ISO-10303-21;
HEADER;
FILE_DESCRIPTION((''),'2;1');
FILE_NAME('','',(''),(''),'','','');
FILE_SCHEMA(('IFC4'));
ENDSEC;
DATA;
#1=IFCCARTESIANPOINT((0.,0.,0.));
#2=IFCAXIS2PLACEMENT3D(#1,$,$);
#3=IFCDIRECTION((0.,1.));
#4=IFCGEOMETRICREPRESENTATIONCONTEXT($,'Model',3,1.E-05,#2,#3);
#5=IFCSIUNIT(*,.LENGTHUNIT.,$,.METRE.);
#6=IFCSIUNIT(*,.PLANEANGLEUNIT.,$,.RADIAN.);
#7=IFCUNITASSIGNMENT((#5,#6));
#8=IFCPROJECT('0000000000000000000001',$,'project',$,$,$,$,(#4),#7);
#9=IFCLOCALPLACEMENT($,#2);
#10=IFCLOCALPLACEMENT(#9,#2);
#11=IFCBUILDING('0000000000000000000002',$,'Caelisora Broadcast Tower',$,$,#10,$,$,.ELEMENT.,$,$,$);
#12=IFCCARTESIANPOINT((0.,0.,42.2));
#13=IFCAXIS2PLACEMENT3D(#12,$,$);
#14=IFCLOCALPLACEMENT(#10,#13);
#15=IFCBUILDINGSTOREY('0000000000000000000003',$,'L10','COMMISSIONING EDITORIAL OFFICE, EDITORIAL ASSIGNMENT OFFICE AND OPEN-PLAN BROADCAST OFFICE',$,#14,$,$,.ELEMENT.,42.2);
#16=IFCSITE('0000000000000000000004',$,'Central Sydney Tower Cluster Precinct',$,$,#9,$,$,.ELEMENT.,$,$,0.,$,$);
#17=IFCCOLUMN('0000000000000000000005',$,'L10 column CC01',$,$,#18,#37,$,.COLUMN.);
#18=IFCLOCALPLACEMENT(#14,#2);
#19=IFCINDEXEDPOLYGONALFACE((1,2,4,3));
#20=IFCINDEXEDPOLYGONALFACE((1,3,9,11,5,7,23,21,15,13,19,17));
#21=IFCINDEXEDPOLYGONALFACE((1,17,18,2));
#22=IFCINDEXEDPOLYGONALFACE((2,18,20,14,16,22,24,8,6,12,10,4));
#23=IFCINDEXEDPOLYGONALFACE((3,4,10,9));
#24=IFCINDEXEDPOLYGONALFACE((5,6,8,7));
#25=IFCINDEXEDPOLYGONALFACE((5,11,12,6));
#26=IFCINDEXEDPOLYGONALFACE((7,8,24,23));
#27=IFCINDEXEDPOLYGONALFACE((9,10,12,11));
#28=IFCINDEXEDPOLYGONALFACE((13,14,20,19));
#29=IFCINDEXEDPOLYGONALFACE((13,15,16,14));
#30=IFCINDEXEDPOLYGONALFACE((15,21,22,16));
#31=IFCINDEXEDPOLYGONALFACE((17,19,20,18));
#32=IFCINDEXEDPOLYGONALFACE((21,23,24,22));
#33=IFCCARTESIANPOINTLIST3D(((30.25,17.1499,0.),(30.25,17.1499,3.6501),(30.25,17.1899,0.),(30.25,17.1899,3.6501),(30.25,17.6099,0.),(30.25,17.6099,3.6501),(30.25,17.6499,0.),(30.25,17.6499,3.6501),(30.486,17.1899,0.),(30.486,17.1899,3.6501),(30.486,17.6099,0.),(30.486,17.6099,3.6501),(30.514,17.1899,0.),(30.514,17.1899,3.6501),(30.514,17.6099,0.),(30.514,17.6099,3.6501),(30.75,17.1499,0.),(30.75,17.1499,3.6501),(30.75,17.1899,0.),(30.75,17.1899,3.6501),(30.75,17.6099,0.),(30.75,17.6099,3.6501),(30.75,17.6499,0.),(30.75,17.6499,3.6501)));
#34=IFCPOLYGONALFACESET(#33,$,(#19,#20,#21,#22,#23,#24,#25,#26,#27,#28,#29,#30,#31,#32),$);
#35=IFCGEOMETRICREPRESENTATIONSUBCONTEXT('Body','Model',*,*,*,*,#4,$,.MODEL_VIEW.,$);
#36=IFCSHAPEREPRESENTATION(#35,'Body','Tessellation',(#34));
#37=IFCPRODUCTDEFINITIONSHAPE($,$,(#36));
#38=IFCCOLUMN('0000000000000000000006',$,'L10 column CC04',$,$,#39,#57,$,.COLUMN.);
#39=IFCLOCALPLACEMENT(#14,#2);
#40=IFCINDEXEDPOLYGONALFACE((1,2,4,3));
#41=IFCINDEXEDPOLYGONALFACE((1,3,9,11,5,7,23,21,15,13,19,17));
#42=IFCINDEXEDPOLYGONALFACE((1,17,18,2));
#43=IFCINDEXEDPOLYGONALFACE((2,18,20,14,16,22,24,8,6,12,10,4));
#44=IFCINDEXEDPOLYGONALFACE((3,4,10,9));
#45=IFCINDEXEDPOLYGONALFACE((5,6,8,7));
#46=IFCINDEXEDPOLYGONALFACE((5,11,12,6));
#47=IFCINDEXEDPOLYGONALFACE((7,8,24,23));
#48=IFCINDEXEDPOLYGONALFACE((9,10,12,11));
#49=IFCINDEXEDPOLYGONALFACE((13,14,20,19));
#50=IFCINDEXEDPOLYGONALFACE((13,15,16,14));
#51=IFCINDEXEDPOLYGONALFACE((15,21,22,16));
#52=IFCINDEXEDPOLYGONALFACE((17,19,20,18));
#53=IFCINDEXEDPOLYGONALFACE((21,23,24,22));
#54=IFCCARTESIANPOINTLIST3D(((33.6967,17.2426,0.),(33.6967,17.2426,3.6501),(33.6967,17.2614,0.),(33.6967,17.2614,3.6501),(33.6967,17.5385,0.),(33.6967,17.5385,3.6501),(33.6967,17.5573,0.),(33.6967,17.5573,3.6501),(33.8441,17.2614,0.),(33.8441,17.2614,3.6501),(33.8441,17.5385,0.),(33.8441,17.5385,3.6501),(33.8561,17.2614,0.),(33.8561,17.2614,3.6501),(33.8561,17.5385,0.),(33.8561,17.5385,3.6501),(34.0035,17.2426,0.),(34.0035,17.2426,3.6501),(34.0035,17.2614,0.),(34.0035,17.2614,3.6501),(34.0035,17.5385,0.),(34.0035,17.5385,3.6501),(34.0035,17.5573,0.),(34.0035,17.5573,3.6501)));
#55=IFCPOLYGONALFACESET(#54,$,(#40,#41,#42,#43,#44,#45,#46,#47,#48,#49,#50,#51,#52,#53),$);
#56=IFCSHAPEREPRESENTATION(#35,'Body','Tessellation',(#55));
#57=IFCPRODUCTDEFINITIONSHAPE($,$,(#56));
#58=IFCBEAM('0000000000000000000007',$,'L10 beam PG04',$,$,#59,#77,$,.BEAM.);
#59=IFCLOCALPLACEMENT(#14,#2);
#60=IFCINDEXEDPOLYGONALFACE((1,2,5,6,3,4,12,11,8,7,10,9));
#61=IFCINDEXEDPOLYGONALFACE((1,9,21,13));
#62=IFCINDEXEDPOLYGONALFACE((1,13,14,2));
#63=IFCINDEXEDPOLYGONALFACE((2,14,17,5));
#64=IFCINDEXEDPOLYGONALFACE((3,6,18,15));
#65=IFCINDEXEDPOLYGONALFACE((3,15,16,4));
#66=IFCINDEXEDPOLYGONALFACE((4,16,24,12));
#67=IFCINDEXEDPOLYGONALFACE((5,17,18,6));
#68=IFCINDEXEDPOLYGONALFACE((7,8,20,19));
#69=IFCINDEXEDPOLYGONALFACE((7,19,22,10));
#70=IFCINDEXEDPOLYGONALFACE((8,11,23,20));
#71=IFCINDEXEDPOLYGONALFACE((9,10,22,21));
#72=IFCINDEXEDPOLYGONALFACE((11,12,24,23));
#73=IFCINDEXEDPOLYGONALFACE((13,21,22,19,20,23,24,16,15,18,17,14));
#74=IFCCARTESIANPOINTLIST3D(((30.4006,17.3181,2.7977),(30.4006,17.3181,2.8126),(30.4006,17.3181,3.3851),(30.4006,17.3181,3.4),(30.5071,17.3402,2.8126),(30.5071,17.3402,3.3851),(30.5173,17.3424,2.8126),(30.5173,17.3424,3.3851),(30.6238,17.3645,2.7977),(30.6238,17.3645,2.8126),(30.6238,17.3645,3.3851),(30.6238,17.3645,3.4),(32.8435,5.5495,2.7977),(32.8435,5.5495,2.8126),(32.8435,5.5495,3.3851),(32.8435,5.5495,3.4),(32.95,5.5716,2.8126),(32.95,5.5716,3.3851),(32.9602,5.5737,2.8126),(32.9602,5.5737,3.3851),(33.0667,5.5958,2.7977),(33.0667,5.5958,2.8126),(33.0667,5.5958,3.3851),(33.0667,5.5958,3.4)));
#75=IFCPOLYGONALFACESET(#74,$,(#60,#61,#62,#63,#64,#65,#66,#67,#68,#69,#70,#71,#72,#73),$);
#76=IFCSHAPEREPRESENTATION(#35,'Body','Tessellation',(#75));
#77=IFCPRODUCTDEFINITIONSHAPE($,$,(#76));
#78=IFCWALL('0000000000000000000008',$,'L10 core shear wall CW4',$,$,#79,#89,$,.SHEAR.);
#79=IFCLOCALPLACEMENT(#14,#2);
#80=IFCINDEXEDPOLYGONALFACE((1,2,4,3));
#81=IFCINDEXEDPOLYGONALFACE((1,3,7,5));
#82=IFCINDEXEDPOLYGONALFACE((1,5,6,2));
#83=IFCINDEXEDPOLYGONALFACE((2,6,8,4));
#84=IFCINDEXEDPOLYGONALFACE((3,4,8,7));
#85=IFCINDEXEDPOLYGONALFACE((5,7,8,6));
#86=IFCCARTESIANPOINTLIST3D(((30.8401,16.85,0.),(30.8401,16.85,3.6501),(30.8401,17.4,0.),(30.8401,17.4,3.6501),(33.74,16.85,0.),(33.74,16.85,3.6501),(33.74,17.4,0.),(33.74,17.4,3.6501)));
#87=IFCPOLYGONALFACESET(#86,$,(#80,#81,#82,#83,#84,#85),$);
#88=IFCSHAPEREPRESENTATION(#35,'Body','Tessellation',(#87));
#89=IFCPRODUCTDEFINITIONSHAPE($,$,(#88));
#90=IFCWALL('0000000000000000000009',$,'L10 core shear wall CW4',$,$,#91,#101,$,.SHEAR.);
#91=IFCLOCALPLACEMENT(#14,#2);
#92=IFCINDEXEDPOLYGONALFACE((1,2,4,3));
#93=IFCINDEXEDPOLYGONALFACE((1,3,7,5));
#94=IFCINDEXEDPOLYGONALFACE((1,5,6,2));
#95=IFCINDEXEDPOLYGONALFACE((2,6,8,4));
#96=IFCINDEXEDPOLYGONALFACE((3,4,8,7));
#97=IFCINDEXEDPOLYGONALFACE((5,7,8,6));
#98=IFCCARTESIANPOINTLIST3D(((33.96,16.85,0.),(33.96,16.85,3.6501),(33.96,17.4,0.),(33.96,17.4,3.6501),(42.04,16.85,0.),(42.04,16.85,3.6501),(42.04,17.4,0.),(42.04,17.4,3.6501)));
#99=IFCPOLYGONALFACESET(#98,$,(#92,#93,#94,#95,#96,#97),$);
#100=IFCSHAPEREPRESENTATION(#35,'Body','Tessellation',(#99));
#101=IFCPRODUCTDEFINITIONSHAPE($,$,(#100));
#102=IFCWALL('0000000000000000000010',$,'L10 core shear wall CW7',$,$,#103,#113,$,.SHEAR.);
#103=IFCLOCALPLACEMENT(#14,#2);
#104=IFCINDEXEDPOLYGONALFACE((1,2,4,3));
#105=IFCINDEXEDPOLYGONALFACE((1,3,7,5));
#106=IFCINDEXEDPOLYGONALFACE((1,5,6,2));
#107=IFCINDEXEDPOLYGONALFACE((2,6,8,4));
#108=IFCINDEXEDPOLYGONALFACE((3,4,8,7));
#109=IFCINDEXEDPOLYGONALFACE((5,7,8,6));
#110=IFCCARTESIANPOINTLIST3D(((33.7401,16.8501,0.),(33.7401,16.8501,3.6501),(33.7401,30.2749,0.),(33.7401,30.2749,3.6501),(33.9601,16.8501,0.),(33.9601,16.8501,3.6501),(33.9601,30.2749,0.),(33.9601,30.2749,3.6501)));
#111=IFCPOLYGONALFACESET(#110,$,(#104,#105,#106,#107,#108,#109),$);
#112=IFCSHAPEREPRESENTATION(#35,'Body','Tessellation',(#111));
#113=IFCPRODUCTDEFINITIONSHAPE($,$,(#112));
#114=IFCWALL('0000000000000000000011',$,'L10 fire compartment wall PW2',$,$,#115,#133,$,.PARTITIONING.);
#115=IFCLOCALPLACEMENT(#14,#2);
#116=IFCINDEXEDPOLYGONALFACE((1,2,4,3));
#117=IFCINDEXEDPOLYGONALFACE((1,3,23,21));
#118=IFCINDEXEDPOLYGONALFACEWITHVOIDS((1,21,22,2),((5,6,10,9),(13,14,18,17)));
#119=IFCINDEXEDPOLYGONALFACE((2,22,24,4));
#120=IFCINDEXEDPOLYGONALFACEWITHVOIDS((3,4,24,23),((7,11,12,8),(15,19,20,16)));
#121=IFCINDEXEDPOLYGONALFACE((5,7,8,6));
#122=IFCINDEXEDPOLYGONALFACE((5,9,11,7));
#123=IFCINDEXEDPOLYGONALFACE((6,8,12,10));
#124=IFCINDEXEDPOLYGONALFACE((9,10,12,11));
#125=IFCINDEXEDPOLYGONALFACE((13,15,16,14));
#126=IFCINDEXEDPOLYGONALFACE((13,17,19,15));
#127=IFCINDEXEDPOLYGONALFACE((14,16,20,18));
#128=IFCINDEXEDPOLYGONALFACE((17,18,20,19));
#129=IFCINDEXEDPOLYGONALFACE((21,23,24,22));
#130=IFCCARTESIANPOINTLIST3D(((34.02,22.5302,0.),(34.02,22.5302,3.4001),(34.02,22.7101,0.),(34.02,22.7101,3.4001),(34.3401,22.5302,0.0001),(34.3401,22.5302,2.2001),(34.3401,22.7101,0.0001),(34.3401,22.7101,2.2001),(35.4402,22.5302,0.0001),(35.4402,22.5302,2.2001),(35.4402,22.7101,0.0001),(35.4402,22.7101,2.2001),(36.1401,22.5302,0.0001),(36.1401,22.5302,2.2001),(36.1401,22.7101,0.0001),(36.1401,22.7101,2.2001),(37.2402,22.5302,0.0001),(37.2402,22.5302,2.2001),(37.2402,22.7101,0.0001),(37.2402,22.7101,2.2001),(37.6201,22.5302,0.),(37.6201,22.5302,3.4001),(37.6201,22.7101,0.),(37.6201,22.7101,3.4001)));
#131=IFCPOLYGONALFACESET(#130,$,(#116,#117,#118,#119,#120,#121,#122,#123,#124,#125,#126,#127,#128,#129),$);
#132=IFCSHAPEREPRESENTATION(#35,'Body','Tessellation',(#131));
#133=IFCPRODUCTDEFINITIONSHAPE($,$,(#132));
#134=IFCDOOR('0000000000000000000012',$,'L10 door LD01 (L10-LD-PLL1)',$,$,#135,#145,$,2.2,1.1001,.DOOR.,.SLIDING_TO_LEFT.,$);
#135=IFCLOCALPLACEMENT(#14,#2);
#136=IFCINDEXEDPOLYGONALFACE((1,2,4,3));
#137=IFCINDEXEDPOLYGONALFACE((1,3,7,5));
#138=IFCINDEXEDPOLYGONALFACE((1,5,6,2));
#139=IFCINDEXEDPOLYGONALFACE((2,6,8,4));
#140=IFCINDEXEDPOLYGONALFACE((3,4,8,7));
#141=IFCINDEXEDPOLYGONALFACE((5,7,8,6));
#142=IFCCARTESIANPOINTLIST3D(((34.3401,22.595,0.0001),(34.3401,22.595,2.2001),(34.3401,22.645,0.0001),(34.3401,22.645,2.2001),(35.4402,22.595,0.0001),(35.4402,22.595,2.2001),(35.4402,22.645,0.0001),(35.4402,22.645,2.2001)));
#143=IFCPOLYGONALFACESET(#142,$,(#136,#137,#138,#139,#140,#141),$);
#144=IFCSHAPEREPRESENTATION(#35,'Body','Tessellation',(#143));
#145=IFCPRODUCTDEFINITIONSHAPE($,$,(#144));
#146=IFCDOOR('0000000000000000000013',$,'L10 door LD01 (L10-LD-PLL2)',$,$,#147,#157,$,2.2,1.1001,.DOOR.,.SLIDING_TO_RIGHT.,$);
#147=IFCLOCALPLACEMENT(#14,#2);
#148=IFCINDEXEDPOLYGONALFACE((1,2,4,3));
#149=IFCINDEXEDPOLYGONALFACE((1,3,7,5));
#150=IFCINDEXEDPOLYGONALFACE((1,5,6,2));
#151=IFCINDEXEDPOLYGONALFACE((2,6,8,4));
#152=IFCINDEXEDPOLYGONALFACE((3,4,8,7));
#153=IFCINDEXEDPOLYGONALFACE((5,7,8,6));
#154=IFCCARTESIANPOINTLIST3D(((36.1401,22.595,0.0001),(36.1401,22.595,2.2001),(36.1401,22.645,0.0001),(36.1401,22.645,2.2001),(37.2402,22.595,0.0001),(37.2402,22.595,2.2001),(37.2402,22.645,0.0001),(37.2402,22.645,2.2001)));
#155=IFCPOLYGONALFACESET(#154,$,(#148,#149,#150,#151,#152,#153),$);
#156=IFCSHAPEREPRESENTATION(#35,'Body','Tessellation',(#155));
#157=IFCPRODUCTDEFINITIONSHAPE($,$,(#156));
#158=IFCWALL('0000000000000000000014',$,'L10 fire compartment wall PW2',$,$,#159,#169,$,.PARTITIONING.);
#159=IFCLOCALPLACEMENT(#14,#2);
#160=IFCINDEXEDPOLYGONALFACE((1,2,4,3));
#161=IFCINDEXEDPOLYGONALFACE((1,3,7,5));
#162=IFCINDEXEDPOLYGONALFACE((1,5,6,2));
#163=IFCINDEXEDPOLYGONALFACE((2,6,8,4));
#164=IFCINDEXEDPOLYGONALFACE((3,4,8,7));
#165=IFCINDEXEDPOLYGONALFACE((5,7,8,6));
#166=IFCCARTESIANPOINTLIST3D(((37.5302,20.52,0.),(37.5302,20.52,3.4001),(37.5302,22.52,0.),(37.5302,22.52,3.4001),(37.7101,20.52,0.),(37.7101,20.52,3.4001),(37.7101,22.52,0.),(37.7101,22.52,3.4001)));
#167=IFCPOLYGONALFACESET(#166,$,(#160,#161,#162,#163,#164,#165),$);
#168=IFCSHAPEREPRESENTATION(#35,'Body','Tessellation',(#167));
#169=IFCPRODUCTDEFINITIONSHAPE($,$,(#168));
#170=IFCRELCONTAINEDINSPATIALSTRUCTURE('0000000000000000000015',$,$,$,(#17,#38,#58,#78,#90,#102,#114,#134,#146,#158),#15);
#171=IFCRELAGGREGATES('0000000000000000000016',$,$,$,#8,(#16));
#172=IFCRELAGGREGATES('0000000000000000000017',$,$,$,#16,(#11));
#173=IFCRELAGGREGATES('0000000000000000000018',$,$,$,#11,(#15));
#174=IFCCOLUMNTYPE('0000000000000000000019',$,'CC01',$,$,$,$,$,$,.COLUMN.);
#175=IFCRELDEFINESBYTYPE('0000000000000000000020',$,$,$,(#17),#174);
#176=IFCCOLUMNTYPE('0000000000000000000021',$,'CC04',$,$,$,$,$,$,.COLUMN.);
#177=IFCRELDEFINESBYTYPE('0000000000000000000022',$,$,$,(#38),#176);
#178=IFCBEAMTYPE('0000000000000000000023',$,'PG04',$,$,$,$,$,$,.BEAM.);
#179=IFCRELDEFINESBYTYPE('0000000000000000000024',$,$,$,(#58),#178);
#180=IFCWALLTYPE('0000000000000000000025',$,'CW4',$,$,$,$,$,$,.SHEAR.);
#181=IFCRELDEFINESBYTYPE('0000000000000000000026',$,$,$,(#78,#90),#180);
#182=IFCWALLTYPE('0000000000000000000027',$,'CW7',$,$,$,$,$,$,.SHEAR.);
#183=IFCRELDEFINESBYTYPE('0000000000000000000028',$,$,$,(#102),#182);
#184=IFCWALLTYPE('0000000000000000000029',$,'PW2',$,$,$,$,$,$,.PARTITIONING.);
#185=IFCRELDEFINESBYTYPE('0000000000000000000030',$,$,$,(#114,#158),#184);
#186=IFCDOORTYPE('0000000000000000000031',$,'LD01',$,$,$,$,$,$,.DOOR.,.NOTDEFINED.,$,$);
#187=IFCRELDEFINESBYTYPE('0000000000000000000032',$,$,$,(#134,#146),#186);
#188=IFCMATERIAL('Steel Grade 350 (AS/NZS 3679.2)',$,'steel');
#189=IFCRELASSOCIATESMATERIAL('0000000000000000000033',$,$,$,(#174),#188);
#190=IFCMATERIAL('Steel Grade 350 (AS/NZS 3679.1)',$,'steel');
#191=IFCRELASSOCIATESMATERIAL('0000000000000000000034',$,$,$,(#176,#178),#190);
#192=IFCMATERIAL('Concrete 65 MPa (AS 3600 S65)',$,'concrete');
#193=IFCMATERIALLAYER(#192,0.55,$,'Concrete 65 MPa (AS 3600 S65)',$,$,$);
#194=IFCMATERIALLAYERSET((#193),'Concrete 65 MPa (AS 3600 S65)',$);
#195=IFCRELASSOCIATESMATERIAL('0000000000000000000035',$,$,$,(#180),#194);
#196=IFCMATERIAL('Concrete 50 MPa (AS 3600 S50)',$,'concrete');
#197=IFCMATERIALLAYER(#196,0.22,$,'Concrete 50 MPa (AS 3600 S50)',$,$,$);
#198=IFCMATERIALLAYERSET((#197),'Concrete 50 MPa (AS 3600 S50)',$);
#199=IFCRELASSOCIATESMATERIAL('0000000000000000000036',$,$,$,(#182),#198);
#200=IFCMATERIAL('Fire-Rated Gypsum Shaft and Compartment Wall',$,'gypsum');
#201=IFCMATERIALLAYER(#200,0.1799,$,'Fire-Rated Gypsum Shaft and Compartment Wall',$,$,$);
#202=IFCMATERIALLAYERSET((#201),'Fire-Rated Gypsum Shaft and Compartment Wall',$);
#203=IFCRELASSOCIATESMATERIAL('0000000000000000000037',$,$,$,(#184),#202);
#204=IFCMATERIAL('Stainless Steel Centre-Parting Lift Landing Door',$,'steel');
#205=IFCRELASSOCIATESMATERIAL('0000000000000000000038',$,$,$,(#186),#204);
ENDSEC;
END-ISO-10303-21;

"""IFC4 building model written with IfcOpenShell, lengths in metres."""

from ifc_helpers import new_model, si_unit, direction, frame, frame_2d, origin, origin_2d, place, context, subcontext, project, spatial, rectangle, i_section, extrude, source, transform, mapped, material, layer, layer_set, material_profile, profile_set, type_object, type_shapes, element, fill, save


model = new_model("IFC4")

# Units and contexts
model_context = context("Model", 3, precision=1e-05, world=origin(), true_north=direction((0.0, 1.0)))
body_context = subcontext(model_context, "Body", "Model", "MODEL_VIEW")
ifc_project = project(units=[si_unit("LENGTHUNIT", "METRE"), si_unit("PLANEANGLEUNIT", "RADIAN")], contexts=[model_context])

# Site, building, storey
site_placement = place(None, origin())
site = spatial("IfcSite", under=ifc_project, at=site_placement, Name="Central Sydney Tower Cluster Precinct", CompositionType="ELEMENT", RefElevation=0.0)
building_placement = place(site_placement, origin())
building = spatial("IfcBuilding", under=site, at=building_placement, Name="Caelisora Broadcast Tower", CompositionType="ELEMENT")
storey_placement = place(building_placement, frame((0.0, 0.0, 42.2)))
storey = spatial("IfcBuildingStorey", under=building, at=storey_placement, Name="L10", Description="COMMISSIONING EDITORIAL OFFICE, EDITORIAL ASSIGNMENT OFFICE AND OPEN-PLAN BROADCAST OFFICE", CompositionType="ELEMENT", Elevation=42.2)

# Columns
ifc_material_1 = material(Name="Steel Grade 350 (AS/NZS 3679.2)", Category="steel")
ifc_material_profile_1 = material_profile(ifc_material_1, i_section(OverallWidth=0.5, OverallDepth=0.5, WebThickness=0.0281, FlangeThickness=0.04, at=origin_2d()), Name="Steel Grade 350 (AS/NZS 3679.2)")
ifc_profile_set_1 = profile_set([ifc_material_profile_1], Name="Steel Grade 350 (AS/NZS 3679.2)")
column_type_1 = type_object("IfcColumnType", Name="CC01", PredefinedType="COLUMN", material=ifc_profile_set_1)
shared_shape_1 = source(origin(), body_context, "Body", "SweptSolid", [
    extrude(i_section(OverallWidth=0.5, OverallDepth=0.5, WebThickness=0.0281, FlangeThickness=0.04, at=origin_2d()), origin(), (0.0, 0.0, 1.0), 3.6501),
])
type_shapes(column_type_1, [shared_shape_1])
column_1_placement = place(storey_placement, frame((30.5, 17.3999, 0.0), z_axis=(0.0, 0.0, 1.0), x_axis=(1.0, 0.0, 0.0)))
element("IfcColumn", 1, at=column_1_placement, inside=storey, type_object=column_type_1, Name="L10 column CC01", PredefinedType="COLUMN", context=body_context, shape_type="MappedRepresentation", body=[
    mapped(shared_shape_1, transform((0.0, 0.0, 0.0), scale=1.0)),
])
ifc_material_2 = material(Name="Steel Grade 350 (AS/NZS 3679.1)", Category="steel")
ifc_material_profile_2 = material_profile(ifc_material_2, i_section(OverallWidth=0.3069, OverallDepth=0.3147, WebThickness=0.012, FlangeThickness=0.0188, at=origin_2d()), Name="Steel Grade 350 (AS/NZS 3679.1)")
ifc_profile_set_2 = profile_set([ifc_material_profile_2], Name="Steel Grade 350 (AS/NZS 3679.1)")
column_type_2 = type_object("IfcColumnType", Name="CC04", PredefinedType="COLUMN", material=ifc_profile_set_2)
shared_shape_2 = source(origin(), body_context, "Body", "SweptSolid", [
    extrude(i_section(OverallWidth=0.3069, OverallDepth=0.3147, WebThickness=0.012, FlangeThickness=0.0188, at=origin_2d()), origin(), (0.0, 0.0, 1.0), 3.6501),
])
type_shapes(column_type_2, [shared_shape_2])
column_2_placement = place(storey_placement, frame((33.8501, 17.3999, 0.0), z_axis=(0.0, 0.0, 1.0), x_axis=(1.0, 0.0, 0.0)))
element("IfcColumn", 2, at=column_2_placement, inside=storey, type_object=column_type_2, Name="L10 column CC04", PredefinedType="COLUMN", context=body_context, shape_type="MappedRepresentation", body=[
    mapped(shared_shape_2, transform((0.0, 0.0, 0.0), scale=1.0)),
])

# Beam
ifc_material_profile_3 = material_profile(ifc_material_2, i_section(OverallWidth=0.228, OverallDepth=0.6023, WebThickness=0.0105, FlangeThickness=0.0149, at=origin_2d()), Name="Steel Grade 350 (AS/NZS 3679.1)")
ifc_profile_set_3 = profile_set([ifc_material_profile_3], Name="Steel Grade 350 (AS/NZS 3679.1)")
beam_type = type_object("IfcBeamType", Name="PG04", PredefinedType="BEAM", material=ifc_profile_set_3)
shared_shape_3 = source(origin(), body_context, "Body", "SweptSolid", [
    extrude(i_section(OverallWidth=0.228, OverallDepth=0.6023, WebThickness=0.0105, FlangeThickness=0.0149, at=origin_2d()), origin(), (0.0, 0.0, 1.0), 12.0195),
])
type_shapes(beam_type, [shared_shape_3])
beam_placement = place(storey_placement, frame((30.5122, 17.3413, 3.0989), z_axis=(0.203244, -0.979128, 0.0), x_axis=(0.979128, 0.203244, 0.0)))
element("IfcBeam", 3, at=beam_placement, inside=storey, type_object=beam_type, Name="L10 beam PG04", PredefinedType="BEAM", context=body_context, shape_type="MappedRepresentation", body=[
    mapped(shared_shape_3, transform((0.0, 0.0, 0.0), scale=1.0)),
])

# Shared definitions
ifc_material_3 = material(Name="Concrete 65 MPa (AS 3600 S65)", Category="concrete")

# Walls
ifc_layer_1 = layer(ifc_material_3, 0.55, Name="Concrete 65 MPa (AS 3600 S65)")
ifc_layer_set_1 = layer_set([ifc_layer_1], Name="Concrete 65 MPa (AS 3600 S65)")
wall_type_1 = type_object("IfcWallType", Name="CW4", PredefinedType="SHEAR", material=ifc_layer_set_1)
wall_1_placement = place(storey_placement, frame((30.8401, 17.125, 0.0), z_axis=(0.0, 0.0, 1.0), x_axis=(1.0, 0.0, 0.0)))
element("IfcWall", 4, at=wall_1_placement, inside=storey, type_object=wall_type_1, Name="L10 core shear wall CW4", PredefinedType="SHEAR", context=body_context, shape_type="SweptSolid", body=[
    extrude(rectangle(XDim=2.8999, YDim=0.55, at=frame_2d((1.45, 0.0))), origin(), (0.0, 0.0, 1.0), 3.6501),
])
wall_2_placement = place(storey_placement, frame((33.96, 17.125, 0.0), z_axis=(0.0, 0.0, 1.0), x_axis=(1.0, 0.0, 0.0)))
element("IfcWall", 5, at=wall_2_placement, inside=storey, type_object=wall_type_1, Name="L10 core shear wall CW4", PredefinedType="SHEAR", context=body_context, shape_type="SweptSolid", body=[
    extrude(rectangle(XDim=8.0801, YDim=0.55, at=frame_2d((4.04, 0.0))), origin(), (0.0, 0.0, 1.0), 3.6501),
])
ifc_material_4 = material(Name="Concrete 50 MPa (AS 3600 S50)", Category="concrete")
ifc_layer_2 = layer(ifc_material_4, 0.22, Name="Concrete 50 MPa (AS 3600 S50)")
ifc_layer_set_2 = layer_set([ifc_layer_2], Name="Concrete 50 MPa (AS 3600 S50)")
wall_type_2 = type_object("IfcWallType", Name="CW7", PredefinedType="SHEAR", material=ifc_layer_set_2)
wall_3_placement = place(storey_placement, frame((33.8501, 16.8501, 0.0), z_axis=(0.0, 0.0, 1.0), x_axis=(0.0, 1.0, 0.0)))
element("IfcWall", 6, at=wall_3_placement, inside=storey, type_object=wall_type_2, Name="L10 core shear wall CW7", PredefinedType="SHEAR", context=body_context, shape_type="SweptSolid", body=[
    extrude(rectangle(XDim=13.4248, YDim=0.22, at=frame_2d((6.7124, 0.0))), origin(), (0.0, 0.0, 1.0), 3.6501),
])

# Wall, openings, doors
ifc_material_5 = material(Name="Fire-Rated Gypsum Shaft and Compartment Wall", Category="gypsum")
ifc_layer_3 = layer(ifc_material_5, 0.1799, Name="Fire-Rated Gypsum Shaft and Compartment Wall")
ifc_layer_set_3 = layer_set([ifc_layer_3], Name="Fire-Rated Gypsum Shaft and Compartment Wall")
wall_type_3 = type_object("IfcWallType", Name="PW2", PredefinedType="PARTITIONING", material=ifc_layer_set_3)
wall_4_placement = place(storey_placement, frame((34.02, 22.6201, 0.0), z_axis=(0.0, 0.0, 1.0), x_axis=(1.0, 0.0, 0.0)))
wall_4 = element("IfcWall", 7, at=wall_4_placement, inside=storey, type_object=wall_type_3, Name="L10 fire compartment wall PW2", PredefinedType="PARTITIONING", context=body_context, shape_type="SweptSolid", body=[
    extrude(rectangle(XDim=3.6001, YDim=0.1799, at=frame_2d((1.8, 0.0))), origin(), (0.0, 0.0, 1.0), 3.4001),
])
opening_1_placement = place(wall_4_placement, frame((0.3201, 0.0, 0.0)))
opening_1 = element("IfcOpeningElement", 8, at=opening_1_placement, cuts=wall_4, PredefinedType="OPENING", context=body_context, shape_type="SweptSolid", body=[
    extrude(rectangle(XDim=1.1001, YDim=2.2, at=frame_2d((0.55, 1.1001))), frame((0.0, 0.1021, 0.0), z_axis=(0.0, -1.0, 0.0), x_axis=(1.0, 0.0, 0.0)), (0.0, 0.0, 1.0), 0.2039),
])
opening_2_placement = place(wall_4_placement, frame((2.1201, 0.0, 0.0)))
opening_2 = element("IfcOpeningElement", 9, at=opening_2_placement, cuts=wall_4, PredefinedType="OPENING", context=body_context, shape_type="SweptSolid", body=[
    extrude(rectangle(XDim=1.1001, YDim=2.2, at=frame_2d((0.55, 1.1001))), frame((0.0, 0.1021, 0.0), z_axis=(0.0, -1.0, 0.0), x_axis=(1.0, 0.0, 0.0)), (0.0, 0.0, 1.0), 0.2039),
])
ifc_material_6 = material(Name="Stainless Steel Centre-Parting Lift Landing Door", Category="steel")
door_type_1 = type_object("IfcDoorType", Name="LD01", OperationType="NOTDEFINED", PredefinedType="DOOR", material=ifc_material_6)
door_1_placement = place(opening_1_placement, origin())
door_1 = element("IfcDoor", 10, at=door_1_placement, inside=storey, type_object=door_type_1, Name="L10 door LD01 (L10-LD-PLL1)", OperationType="SLIDING_TO_LEFT", OverallHeight=2.2, OverallWidth=1.1001, PredefinedType="DOOR", context=body_context, shape_type="SweptSolid", body=[
    extrude(rectangle(XDim=1.1001, YDim=2.2, at=frame_2d((0.55, 1.1001))), frame((0.0, 0.0249, 0.0), z_axis=(0.0, -1.0, 0.0), x_axis=(1.0, 0.0, 0.0)), (0.0, 0.0, 1.0), 0.05),
])
fill(opening_1, door_1)
door_2_placement = place(opening_2_placement, origin())
door_2 = element("IfcDoor", 11, at=door_2_placement, inside=storey, type_object=door_type_1, Name="L10 door LD01 (L10-LD-PLL2)", OperationType="SLIDING_TO_RIGHT", OverallHeight=2.2, OverallWidth=1.1001, PredefinedType="DOOR", context=body_context, shape_type="SweptSolid", body=[
    extrude(rectangle(XDim=1.1001, YDim=2.2, at=frame_2d((0.55, 1.1001))), frame((0.0, 0.0249, 0.0), z_axis=(0.0, -1.0, 0.0), x_axis=(1.0, 0.0, 0.0)), (0.0, 0.0, 1.0), 0.05),
])
fill(opening_2, door_2)

# Wall
wall_5_placement = place(storey_placement, frame((37.6201, 20.52, 0.0), z_axis=(0.0, 0.0, 1.0), x_axis=(0.0, 1.0, 0.0)))
element("IfcWall", 12, at=wall_5_placement, inside=storey, type_object=wall_type_3, Name="L10 fire compartment wall PW2", PredefinedType="PARTITIONING", context=body_context, shape_type="SweptSolid", body=[
    extrude(rectangle(XDim=2.0, YDim=0.1799, at=frame_2d((1.0, 0.0))), origin(), (0.0, 0.0, 1.0), 3.4001),
])

save(model, "model.ifc")
